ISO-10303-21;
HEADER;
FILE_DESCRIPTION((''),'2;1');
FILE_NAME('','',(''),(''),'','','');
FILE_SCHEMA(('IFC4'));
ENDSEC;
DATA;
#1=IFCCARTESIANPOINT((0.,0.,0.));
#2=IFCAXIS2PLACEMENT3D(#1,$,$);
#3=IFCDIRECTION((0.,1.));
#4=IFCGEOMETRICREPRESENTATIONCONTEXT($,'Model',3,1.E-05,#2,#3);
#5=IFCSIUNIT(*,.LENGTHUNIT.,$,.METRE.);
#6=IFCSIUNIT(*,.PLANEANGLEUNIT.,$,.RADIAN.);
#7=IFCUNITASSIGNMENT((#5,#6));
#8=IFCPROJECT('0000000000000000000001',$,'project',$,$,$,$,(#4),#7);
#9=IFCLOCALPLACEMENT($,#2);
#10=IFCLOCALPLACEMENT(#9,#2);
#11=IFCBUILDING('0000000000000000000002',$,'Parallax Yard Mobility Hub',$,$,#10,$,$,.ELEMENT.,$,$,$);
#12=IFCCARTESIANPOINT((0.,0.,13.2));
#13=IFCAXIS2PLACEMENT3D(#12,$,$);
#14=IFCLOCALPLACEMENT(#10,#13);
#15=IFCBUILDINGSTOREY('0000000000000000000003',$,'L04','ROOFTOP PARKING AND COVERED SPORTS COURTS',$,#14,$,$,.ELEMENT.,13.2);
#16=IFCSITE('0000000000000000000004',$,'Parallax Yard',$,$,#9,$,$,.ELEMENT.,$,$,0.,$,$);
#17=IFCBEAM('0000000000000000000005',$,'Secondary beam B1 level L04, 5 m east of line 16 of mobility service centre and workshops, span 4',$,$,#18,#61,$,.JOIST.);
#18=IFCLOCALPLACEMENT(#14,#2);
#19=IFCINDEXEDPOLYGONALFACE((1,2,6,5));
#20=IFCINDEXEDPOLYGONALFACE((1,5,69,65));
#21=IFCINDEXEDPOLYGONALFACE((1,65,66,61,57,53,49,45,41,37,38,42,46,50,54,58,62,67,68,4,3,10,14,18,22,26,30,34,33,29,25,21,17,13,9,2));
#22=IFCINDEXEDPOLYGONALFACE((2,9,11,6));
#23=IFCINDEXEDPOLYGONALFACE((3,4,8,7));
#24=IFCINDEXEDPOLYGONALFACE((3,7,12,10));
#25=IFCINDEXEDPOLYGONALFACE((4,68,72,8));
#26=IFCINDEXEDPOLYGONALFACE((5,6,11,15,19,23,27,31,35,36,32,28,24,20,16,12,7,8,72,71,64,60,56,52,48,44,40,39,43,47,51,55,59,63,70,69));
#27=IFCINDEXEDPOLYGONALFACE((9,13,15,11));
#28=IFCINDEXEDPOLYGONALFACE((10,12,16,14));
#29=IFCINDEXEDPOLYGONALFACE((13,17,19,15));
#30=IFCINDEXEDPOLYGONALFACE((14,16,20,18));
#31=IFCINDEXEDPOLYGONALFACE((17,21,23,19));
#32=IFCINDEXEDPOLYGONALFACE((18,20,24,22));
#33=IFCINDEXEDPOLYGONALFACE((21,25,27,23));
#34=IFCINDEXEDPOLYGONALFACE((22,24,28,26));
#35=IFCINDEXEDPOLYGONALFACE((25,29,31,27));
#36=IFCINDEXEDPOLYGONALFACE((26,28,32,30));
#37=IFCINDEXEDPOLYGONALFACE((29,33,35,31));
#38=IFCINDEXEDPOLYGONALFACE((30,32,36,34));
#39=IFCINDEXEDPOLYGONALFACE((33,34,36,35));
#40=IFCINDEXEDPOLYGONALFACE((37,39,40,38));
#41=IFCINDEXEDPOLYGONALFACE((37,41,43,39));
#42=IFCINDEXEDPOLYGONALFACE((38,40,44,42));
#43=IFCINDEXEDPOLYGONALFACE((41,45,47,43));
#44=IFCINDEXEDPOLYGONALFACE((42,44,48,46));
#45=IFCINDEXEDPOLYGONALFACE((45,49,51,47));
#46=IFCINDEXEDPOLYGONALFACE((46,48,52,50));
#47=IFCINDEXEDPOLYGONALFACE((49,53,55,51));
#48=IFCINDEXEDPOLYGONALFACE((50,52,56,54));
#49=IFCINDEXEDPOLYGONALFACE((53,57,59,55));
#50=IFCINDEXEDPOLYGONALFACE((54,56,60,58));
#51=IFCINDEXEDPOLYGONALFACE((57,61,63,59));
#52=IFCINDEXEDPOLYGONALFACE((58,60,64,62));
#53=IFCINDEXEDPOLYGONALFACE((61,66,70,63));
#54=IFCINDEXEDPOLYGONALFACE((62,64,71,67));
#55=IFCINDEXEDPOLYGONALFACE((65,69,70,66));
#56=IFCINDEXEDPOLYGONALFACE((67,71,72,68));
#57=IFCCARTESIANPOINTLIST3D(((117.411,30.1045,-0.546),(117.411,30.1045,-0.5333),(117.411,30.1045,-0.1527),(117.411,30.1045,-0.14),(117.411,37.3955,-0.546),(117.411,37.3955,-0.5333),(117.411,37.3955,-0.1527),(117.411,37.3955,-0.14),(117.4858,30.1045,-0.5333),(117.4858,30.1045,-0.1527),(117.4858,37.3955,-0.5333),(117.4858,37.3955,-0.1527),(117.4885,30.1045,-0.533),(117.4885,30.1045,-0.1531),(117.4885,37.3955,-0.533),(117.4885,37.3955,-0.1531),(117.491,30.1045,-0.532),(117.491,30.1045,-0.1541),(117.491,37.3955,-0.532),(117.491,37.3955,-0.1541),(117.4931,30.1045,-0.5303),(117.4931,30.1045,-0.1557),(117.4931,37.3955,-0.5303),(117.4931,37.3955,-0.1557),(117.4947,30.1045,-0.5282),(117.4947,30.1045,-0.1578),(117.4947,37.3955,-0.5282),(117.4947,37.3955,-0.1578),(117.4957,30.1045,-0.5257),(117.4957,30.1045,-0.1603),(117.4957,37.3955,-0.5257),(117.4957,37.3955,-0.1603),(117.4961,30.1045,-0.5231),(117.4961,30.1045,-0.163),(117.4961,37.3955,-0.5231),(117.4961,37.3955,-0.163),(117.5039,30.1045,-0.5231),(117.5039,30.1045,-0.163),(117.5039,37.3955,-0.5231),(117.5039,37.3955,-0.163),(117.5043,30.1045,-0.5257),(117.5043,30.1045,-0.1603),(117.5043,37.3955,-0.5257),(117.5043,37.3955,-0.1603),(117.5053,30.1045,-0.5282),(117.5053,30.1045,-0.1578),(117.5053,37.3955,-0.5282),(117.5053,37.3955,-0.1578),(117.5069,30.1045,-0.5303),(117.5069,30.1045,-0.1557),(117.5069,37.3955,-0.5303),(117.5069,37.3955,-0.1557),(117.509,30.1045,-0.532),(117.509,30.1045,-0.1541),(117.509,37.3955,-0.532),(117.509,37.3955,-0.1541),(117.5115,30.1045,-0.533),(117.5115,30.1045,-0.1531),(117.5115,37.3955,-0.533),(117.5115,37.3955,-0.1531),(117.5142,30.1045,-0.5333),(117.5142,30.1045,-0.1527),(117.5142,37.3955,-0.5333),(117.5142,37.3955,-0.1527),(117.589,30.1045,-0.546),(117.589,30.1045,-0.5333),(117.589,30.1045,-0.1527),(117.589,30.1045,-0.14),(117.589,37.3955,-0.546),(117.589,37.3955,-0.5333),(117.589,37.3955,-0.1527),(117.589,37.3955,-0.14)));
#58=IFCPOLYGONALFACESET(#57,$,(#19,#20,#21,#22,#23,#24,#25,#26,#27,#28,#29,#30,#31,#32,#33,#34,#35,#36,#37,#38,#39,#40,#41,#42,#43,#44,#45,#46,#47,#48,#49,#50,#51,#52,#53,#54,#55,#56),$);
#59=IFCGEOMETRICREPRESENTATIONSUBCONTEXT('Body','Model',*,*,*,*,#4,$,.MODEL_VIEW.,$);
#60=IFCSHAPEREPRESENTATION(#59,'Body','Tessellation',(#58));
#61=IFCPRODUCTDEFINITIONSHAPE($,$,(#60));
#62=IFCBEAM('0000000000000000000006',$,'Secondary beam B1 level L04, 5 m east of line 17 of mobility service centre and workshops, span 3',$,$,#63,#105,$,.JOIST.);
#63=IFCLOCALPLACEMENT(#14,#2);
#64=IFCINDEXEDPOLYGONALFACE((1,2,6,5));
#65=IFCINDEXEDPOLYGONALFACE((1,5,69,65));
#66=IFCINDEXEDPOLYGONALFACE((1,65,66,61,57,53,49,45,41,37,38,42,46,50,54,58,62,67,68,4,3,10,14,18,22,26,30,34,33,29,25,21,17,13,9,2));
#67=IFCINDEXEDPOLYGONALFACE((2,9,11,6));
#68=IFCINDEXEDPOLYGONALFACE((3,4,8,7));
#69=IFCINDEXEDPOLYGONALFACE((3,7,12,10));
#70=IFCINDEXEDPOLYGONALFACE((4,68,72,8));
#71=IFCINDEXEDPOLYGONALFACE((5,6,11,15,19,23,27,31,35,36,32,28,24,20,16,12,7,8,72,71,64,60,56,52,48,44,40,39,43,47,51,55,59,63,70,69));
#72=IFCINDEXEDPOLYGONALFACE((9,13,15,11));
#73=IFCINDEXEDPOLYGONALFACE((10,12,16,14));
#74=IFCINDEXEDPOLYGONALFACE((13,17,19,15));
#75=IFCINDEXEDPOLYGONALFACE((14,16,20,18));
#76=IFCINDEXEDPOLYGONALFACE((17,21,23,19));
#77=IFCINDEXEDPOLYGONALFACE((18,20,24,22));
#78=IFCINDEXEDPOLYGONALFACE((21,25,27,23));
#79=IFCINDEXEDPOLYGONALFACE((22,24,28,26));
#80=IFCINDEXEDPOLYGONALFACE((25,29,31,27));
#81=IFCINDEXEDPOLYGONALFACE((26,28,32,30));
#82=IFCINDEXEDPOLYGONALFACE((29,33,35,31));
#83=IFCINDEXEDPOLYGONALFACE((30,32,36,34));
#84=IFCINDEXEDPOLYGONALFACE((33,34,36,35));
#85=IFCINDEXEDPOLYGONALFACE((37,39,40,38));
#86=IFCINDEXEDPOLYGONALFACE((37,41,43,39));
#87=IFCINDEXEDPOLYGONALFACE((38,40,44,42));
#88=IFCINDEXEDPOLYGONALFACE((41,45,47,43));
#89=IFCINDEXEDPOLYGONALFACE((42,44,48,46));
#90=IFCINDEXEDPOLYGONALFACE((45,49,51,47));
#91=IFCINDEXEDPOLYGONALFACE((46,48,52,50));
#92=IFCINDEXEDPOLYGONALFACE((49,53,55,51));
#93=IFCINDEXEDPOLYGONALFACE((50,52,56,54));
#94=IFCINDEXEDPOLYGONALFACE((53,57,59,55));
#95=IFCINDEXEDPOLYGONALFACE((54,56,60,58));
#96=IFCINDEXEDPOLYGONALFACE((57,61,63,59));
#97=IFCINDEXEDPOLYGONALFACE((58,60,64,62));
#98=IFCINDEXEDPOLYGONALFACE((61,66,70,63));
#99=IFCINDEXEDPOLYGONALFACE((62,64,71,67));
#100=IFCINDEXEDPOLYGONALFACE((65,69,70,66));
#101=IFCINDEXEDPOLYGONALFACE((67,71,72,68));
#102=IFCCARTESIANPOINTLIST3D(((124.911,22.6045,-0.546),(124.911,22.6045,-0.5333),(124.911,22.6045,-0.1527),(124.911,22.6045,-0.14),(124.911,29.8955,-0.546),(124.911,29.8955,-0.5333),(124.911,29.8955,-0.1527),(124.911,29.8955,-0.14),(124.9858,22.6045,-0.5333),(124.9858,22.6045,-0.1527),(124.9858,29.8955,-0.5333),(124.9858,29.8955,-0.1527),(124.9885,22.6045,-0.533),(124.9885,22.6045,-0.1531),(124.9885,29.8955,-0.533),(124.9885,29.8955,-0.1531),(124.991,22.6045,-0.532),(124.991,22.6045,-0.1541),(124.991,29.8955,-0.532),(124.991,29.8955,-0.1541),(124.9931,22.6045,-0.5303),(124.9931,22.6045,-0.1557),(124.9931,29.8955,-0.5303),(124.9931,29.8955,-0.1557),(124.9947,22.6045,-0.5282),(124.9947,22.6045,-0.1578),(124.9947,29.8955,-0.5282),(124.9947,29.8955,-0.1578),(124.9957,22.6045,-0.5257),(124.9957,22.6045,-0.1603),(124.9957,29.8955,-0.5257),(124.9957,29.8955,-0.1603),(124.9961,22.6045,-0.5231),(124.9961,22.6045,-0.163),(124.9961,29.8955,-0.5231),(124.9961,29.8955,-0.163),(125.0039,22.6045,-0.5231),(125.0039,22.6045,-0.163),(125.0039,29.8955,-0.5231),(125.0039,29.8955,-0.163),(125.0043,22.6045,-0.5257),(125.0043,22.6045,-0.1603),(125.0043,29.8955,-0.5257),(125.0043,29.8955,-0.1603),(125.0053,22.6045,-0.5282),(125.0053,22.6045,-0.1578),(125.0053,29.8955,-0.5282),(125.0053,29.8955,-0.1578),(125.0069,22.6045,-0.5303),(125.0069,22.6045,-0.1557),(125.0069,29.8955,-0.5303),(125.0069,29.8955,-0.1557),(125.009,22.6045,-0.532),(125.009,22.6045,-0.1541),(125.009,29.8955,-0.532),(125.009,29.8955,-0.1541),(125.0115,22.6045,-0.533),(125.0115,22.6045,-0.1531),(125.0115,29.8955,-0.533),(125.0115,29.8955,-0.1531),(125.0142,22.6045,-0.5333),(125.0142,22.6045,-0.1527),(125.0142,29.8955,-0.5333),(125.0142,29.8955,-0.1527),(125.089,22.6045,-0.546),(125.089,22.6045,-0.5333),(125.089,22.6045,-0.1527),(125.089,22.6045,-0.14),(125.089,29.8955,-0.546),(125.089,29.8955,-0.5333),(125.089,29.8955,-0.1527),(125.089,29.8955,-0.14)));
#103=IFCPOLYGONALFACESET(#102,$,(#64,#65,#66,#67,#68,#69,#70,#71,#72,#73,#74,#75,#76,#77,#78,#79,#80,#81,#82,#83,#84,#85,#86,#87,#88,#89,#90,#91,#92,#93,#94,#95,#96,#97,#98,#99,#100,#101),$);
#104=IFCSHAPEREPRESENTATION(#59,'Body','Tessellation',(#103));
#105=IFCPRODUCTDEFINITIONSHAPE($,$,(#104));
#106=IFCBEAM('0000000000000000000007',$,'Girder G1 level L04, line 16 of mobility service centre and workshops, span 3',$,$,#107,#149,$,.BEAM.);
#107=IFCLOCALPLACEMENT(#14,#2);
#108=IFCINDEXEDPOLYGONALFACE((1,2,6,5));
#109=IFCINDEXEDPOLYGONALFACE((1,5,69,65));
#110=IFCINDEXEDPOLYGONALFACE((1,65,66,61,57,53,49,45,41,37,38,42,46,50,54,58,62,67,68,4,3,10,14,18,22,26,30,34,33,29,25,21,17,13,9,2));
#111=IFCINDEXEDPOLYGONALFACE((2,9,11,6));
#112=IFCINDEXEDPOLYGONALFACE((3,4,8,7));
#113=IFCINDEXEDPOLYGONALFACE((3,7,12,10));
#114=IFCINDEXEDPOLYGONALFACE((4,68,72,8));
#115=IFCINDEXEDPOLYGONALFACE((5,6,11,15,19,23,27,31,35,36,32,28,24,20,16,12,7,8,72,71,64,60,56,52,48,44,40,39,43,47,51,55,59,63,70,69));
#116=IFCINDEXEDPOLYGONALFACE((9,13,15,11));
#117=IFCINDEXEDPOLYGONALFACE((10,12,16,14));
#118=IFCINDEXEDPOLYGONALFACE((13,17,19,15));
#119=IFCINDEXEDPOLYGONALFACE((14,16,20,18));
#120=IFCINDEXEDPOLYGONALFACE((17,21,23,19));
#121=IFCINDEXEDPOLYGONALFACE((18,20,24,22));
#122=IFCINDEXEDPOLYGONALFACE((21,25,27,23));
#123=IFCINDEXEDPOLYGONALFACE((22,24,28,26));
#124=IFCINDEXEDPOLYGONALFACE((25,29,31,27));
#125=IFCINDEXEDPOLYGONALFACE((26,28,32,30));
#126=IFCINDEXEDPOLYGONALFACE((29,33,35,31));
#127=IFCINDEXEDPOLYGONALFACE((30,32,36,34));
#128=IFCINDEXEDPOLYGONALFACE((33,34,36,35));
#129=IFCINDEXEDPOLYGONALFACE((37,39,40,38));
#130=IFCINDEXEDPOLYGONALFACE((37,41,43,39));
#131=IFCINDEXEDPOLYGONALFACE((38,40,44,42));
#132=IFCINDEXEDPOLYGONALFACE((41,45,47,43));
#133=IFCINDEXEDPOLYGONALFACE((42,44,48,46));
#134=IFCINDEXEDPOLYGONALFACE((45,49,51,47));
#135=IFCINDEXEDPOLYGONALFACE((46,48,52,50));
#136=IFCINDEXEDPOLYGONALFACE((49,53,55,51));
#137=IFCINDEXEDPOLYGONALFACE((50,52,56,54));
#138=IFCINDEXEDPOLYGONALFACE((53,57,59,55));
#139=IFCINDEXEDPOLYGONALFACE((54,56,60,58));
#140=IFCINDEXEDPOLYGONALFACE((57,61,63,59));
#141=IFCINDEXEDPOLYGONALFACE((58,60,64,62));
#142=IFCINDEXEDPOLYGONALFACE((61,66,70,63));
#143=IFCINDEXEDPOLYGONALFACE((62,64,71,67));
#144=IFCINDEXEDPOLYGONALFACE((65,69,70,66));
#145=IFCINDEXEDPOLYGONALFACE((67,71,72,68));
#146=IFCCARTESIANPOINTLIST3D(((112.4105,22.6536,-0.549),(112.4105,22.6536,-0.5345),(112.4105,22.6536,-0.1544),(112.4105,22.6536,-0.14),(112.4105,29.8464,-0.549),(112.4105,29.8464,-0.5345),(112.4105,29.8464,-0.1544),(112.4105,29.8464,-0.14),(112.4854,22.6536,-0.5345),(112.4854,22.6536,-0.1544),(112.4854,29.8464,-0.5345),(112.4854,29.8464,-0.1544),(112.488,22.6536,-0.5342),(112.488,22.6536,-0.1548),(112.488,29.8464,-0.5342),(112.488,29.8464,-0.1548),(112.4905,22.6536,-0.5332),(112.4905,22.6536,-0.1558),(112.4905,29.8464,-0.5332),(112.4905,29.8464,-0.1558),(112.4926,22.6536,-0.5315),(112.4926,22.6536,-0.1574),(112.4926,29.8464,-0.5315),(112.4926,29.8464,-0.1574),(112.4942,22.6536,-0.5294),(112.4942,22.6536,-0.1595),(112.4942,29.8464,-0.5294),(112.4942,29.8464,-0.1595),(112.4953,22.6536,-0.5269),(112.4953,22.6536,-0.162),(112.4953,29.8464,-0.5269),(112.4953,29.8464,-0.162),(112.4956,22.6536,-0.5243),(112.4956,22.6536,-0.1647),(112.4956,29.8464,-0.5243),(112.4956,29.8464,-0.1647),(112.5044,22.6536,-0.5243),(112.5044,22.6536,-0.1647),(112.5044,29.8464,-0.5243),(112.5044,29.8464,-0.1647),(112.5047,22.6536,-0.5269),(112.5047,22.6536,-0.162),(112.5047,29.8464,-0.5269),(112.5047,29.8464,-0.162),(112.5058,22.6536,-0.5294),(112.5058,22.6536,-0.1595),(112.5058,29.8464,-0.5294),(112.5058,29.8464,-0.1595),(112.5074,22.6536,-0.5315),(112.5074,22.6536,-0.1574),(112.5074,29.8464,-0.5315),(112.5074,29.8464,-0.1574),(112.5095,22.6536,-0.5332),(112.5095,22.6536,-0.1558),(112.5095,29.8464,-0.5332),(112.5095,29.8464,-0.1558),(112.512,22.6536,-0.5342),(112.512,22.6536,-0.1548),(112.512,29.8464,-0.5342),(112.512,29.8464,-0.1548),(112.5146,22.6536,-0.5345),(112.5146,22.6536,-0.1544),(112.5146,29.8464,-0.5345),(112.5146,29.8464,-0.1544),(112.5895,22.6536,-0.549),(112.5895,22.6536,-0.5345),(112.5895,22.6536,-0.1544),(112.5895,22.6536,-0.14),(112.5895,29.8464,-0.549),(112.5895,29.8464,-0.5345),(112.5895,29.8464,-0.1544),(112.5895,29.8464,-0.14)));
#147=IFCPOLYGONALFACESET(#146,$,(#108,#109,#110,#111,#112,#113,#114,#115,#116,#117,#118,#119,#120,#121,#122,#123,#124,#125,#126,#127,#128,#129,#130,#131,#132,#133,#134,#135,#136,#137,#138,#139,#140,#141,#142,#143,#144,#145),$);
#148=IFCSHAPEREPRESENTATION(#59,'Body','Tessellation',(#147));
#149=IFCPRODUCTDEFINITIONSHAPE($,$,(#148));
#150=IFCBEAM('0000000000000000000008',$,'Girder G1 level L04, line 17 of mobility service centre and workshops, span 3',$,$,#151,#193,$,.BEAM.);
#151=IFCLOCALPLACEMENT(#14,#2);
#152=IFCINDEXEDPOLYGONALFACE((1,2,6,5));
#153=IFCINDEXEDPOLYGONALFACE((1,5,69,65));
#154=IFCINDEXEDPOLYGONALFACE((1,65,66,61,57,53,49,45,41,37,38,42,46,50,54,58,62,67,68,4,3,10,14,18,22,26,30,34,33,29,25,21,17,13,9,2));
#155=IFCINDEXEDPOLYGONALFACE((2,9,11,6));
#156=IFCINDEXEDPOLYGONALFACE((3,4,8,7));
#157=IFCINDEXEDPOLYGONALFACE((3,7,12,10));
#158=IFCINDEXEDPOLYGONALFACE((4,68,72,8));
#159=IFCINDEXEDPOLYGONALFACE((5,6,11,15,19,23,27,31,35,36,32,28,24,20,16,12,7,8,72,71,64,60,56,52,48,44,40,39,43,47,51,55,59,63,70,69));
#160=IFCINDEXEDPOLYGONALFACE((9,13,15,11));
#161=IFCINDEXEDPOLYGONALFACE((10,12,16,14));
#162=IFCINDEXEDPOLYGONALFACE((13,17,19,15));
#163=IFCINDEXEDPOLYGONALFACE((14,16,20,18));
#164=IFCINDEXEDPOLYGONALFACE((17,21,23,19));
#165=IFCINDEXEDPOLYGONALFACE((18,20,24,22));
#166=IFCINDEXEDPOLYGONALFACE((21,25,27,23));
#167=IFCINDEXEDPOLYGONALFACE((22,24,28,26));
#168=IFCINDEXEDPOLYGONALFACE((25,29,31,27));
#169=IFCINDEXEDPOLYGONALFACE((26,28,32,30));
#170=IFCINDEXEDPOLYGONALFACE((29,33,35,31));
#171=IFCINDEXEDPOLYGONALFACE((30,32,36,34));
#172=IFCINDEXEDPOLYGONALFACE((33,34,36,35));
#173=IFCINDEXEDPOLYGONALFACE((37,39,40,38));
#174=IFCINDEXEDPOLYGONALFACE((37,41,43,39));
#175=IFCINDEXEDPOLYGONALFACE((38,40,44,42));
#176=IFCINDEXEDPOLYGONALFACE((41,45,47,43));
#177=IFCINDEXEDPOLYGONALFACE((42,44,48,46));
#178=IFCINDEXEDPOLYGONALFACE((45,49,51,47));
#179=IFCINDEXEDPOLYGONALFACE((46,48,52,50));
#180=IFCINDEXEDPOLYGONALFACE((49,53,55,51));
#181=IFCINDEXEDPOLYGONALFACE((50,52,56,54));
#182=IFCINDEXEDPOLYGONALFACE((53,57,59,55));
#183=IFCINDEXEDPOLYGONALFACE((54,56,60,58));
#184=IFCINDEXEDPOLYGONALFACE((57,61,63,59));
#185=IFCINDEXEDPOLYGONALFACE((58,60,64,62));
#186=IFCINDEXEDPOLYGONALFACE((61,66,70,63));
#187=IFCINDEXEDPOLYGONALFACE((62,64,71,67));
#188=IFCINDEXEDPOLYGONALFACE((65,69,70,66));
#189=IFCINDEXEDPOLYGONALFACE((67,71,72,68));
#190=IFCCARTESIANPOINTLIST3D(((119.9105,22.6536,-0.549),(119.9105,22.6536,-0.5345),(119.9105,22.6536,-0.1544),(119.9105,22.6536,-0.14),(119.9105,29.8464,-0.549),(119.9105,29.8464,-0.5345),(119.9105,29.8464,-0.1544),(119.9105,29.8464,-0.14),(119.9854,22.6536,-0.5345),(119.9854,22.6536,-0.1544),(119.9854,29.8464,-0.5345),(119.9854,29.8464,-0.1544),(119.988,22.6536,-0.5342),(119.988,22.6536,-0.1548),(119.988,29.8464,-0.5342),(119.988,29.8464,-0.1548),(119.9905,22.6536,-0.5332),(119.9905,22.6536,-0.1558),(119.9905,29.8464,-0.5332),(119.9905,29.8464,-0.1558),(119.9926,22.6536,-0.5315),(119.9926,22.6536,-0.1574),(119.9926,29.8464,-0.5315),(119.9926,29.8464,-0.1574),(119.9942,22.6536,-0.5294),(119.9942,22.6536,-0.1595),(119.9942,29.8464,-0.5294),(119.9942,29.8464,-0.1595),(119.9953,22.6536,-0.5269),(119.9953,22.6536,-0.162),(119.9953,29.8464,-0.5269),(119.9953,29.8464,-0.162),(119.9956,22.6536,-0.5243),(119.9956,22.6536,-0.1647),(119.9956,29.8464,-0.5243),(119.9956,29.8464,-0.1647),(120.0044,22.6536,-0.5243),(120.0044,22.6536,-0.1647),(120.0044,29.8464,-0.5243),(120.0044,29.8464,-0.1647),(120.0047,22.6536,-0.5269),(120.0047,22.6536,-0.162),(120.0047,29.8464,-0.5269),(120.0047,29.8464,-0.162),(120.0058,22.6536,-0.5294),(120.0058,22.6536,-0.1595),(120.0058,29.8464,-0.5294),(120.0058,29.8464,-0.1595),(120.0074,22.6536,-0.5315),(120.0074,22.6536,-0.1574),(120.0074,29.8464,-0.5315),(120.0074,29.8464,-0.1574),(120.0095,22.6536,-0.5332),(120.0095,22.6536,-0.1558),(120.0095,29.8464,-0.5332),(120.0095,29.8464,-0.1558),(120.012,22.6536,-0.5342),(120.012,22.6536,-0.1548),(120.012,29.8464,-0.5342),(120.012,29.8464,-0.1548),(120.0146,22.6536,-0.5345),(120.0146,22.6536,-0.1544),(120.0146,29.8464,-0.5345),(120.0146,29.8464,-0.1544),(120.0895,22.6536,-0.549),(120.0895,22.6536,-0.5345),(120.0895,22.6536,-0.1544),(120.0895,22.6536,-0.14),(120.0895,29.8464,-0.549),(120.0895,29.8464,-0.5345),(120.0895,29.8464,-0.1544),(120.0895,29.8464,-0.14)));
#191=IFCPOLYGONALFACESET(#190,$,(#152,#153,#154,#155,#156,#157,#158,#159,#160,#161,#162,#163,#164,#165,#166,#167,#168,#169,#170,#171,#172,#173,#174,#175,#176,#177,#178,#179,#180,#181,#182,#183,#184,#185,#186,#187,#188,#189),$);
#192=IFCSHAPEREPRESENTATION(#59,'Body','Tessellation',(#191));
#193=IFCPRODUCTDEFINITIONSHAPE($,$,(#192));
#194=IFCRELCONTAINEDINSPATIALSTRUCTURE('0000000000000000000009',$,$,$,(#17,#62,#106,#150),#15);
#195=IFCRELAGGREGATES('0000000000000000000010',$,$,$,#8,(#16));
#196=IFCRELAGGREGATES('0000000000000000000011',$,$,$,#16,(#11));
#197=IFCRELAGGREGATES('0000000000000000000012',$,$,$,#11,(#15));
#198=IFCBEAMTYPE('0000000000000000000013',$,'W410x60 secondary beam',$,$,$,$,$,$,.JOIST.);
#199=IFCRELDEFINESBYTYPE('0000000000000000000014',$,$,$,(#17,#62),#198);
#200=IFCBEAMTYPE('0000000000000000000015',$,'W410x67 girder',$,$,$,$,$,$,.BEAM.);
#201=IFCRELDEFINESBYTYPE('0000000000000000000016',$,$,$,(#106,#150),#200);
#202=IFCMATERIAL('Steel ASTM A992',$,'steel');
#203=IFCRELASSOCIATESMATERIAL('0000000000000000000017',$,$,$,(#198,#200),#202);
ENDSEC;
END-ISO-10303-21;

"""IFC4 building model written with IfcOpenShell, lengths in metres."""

from ifc_helpers import new_model, si_unit, direction, frame, origin, origin_2d, place, context, subcontext, project, spatial, i_section, extrude, material, material_profile, profile_set, type_object, element, save


model = new_model("IFC4")

# Units and contexts
model_context = context("Model", 3, precision=1e-05, world=origin(), true_north=direction((0.0, 1.0)))
body_context = subcontext(model_context, "Body", "Model", "MODEL_VIEW")
ifc_project = project(units=[si_unit("LENGTHUNIT", "METRE"), si_unit("PLANEANGLEUNIT", "RADIAN")], contexts=[model_context])

# Site, building, storey
site_placement = place(None, origin())
site = spatial("IfcSite", under=ifc_project, at=site_placement, Name="Parallax Yard", CompositionType="ELEMENT", RefElevation=0.0)
building_placement = place(site_placement, origin())
building = spatial("IfcBuilding", under=site, at=building_placement, Name="Parallax Yard Mobility Hub", CompositionType="ELEMENT")
storey_placement = place(building_placement, frame((0.0, 0.0, 13.2)))
storey = spatial("IfcBuildingStorey", under=building, at=storey_placement, Name="L04", Description="ROOFTOP PARKING AND COVERED SPORTS COURTS", CompositionType="ELEMENT", Elevation=13.2)

# Shared definitions
ifc_material_1 = material(Name="Steel ASTM A992", Category="steel")

# Beams
ifc_material_profile_1 = material_profile(ifc_material_1, i_section(OverallWidth=0.178, OverallDepth=0.406, WebThickness=0.0078, FlangeThickness=0.0127, FilletRadius=0.0103, at=origin_2d()), Name="W410x60")
ifc_profile_set_1 = profile_set([ifc_material_profile_1], Name="Steel ASTM A992")
beam_type_1 = type_object("IfcBeamType", Name="W410x60 secondary beam", PredefinedType="JOIST", material=ifc_profile_set_1)
for number, where, z_axis, x_axis, name in (
    (1, (117.5, 30.1045, -0.343), (0.0, 1.0, 0.0), (-1.0, 0.0, 0.0), "Secondary beam B1 level L04, 5 m east of line 16 of mobility service centre and workshops, span 4"),
    (2, (125.0, 22.6045, -0.343), (0.0, 1.0, 0.0), (-1.0, 0.0, 0.0), "Secondary beam B1 level L04, 5 m east of line 17 of mobility service centre and workshops, span 3"),
):
    element("IfcBeam", number, at=place(storey_placement, frame(where, z_axis=z_axis, x_axis=x_axis)), inside=storey, type_object=beam_type_1, Name=name, PredefinedType="JOIST", context=body_context, shape_type="SweptSolid", body=[
        extrude(i_section(OverallWidth=0.178, OverallDepth=0.406, WebThickness=0.0078, FlangeThickness=0.0127, FilletRadius=0.0103, at=origin_2d()), origin(), (0.0, 0.0, 1.0), 7.291),
    ])
ifc_material_profile_2 = material_profile(ifc_material_1, i_section(OverallWidth=0.179, OverallDepth=0.4089, WebThickness=0.0088, FlangeThickness=0.0144, FilletRadius=0.0103, at=origin_2d()), Name="W410x67")
ifc_profile_set_2 = profile_set([ifc_material_profile_2], Name="Steel ASTM A992")
beam_type_2 = type_object("IfcBeamType", Name="W410x67 girder", PredefinedType="BEAM", material=ifc_profile_set_2)
for number, where, z_axis, x_axis, name in (
    (3, (112.5, 22.6536, -0.3445), (0.0, 1.0, 0.0), (-1.0, 0.0, 0.0), "Girder G1 level L04, line 16 of mobility service centre and workshops, span 3"),
    (4, (120.0, 22.6536, -0.3445), (0.0, 1.0, 0.0), (-1.0, 0.0, 0.0), "Girder G1 level L04, line 17 of mobility service centre and workshops, span 3"),
):
    element("IfcBeam", number, at=place(storey_placement, frame(where, z_axis=z_axis, x_axis=x_axis)), inside=storey, type_object=beam_type_2, Name=name, PredefinedType="BEAM", context=body_context, shape_type="SweptSolid", body=[
        extrude(i_section(OverallWidth=0.179, OverallDepth=0.4089, WebThickness=0.0088, FlangeThickness=0.0144, FilletRadius=0.0103, at=origin_2d()), origin(), (0.0, 0.0, 1.0), 7.1929),
    ])

save(model, "model.ifc")
